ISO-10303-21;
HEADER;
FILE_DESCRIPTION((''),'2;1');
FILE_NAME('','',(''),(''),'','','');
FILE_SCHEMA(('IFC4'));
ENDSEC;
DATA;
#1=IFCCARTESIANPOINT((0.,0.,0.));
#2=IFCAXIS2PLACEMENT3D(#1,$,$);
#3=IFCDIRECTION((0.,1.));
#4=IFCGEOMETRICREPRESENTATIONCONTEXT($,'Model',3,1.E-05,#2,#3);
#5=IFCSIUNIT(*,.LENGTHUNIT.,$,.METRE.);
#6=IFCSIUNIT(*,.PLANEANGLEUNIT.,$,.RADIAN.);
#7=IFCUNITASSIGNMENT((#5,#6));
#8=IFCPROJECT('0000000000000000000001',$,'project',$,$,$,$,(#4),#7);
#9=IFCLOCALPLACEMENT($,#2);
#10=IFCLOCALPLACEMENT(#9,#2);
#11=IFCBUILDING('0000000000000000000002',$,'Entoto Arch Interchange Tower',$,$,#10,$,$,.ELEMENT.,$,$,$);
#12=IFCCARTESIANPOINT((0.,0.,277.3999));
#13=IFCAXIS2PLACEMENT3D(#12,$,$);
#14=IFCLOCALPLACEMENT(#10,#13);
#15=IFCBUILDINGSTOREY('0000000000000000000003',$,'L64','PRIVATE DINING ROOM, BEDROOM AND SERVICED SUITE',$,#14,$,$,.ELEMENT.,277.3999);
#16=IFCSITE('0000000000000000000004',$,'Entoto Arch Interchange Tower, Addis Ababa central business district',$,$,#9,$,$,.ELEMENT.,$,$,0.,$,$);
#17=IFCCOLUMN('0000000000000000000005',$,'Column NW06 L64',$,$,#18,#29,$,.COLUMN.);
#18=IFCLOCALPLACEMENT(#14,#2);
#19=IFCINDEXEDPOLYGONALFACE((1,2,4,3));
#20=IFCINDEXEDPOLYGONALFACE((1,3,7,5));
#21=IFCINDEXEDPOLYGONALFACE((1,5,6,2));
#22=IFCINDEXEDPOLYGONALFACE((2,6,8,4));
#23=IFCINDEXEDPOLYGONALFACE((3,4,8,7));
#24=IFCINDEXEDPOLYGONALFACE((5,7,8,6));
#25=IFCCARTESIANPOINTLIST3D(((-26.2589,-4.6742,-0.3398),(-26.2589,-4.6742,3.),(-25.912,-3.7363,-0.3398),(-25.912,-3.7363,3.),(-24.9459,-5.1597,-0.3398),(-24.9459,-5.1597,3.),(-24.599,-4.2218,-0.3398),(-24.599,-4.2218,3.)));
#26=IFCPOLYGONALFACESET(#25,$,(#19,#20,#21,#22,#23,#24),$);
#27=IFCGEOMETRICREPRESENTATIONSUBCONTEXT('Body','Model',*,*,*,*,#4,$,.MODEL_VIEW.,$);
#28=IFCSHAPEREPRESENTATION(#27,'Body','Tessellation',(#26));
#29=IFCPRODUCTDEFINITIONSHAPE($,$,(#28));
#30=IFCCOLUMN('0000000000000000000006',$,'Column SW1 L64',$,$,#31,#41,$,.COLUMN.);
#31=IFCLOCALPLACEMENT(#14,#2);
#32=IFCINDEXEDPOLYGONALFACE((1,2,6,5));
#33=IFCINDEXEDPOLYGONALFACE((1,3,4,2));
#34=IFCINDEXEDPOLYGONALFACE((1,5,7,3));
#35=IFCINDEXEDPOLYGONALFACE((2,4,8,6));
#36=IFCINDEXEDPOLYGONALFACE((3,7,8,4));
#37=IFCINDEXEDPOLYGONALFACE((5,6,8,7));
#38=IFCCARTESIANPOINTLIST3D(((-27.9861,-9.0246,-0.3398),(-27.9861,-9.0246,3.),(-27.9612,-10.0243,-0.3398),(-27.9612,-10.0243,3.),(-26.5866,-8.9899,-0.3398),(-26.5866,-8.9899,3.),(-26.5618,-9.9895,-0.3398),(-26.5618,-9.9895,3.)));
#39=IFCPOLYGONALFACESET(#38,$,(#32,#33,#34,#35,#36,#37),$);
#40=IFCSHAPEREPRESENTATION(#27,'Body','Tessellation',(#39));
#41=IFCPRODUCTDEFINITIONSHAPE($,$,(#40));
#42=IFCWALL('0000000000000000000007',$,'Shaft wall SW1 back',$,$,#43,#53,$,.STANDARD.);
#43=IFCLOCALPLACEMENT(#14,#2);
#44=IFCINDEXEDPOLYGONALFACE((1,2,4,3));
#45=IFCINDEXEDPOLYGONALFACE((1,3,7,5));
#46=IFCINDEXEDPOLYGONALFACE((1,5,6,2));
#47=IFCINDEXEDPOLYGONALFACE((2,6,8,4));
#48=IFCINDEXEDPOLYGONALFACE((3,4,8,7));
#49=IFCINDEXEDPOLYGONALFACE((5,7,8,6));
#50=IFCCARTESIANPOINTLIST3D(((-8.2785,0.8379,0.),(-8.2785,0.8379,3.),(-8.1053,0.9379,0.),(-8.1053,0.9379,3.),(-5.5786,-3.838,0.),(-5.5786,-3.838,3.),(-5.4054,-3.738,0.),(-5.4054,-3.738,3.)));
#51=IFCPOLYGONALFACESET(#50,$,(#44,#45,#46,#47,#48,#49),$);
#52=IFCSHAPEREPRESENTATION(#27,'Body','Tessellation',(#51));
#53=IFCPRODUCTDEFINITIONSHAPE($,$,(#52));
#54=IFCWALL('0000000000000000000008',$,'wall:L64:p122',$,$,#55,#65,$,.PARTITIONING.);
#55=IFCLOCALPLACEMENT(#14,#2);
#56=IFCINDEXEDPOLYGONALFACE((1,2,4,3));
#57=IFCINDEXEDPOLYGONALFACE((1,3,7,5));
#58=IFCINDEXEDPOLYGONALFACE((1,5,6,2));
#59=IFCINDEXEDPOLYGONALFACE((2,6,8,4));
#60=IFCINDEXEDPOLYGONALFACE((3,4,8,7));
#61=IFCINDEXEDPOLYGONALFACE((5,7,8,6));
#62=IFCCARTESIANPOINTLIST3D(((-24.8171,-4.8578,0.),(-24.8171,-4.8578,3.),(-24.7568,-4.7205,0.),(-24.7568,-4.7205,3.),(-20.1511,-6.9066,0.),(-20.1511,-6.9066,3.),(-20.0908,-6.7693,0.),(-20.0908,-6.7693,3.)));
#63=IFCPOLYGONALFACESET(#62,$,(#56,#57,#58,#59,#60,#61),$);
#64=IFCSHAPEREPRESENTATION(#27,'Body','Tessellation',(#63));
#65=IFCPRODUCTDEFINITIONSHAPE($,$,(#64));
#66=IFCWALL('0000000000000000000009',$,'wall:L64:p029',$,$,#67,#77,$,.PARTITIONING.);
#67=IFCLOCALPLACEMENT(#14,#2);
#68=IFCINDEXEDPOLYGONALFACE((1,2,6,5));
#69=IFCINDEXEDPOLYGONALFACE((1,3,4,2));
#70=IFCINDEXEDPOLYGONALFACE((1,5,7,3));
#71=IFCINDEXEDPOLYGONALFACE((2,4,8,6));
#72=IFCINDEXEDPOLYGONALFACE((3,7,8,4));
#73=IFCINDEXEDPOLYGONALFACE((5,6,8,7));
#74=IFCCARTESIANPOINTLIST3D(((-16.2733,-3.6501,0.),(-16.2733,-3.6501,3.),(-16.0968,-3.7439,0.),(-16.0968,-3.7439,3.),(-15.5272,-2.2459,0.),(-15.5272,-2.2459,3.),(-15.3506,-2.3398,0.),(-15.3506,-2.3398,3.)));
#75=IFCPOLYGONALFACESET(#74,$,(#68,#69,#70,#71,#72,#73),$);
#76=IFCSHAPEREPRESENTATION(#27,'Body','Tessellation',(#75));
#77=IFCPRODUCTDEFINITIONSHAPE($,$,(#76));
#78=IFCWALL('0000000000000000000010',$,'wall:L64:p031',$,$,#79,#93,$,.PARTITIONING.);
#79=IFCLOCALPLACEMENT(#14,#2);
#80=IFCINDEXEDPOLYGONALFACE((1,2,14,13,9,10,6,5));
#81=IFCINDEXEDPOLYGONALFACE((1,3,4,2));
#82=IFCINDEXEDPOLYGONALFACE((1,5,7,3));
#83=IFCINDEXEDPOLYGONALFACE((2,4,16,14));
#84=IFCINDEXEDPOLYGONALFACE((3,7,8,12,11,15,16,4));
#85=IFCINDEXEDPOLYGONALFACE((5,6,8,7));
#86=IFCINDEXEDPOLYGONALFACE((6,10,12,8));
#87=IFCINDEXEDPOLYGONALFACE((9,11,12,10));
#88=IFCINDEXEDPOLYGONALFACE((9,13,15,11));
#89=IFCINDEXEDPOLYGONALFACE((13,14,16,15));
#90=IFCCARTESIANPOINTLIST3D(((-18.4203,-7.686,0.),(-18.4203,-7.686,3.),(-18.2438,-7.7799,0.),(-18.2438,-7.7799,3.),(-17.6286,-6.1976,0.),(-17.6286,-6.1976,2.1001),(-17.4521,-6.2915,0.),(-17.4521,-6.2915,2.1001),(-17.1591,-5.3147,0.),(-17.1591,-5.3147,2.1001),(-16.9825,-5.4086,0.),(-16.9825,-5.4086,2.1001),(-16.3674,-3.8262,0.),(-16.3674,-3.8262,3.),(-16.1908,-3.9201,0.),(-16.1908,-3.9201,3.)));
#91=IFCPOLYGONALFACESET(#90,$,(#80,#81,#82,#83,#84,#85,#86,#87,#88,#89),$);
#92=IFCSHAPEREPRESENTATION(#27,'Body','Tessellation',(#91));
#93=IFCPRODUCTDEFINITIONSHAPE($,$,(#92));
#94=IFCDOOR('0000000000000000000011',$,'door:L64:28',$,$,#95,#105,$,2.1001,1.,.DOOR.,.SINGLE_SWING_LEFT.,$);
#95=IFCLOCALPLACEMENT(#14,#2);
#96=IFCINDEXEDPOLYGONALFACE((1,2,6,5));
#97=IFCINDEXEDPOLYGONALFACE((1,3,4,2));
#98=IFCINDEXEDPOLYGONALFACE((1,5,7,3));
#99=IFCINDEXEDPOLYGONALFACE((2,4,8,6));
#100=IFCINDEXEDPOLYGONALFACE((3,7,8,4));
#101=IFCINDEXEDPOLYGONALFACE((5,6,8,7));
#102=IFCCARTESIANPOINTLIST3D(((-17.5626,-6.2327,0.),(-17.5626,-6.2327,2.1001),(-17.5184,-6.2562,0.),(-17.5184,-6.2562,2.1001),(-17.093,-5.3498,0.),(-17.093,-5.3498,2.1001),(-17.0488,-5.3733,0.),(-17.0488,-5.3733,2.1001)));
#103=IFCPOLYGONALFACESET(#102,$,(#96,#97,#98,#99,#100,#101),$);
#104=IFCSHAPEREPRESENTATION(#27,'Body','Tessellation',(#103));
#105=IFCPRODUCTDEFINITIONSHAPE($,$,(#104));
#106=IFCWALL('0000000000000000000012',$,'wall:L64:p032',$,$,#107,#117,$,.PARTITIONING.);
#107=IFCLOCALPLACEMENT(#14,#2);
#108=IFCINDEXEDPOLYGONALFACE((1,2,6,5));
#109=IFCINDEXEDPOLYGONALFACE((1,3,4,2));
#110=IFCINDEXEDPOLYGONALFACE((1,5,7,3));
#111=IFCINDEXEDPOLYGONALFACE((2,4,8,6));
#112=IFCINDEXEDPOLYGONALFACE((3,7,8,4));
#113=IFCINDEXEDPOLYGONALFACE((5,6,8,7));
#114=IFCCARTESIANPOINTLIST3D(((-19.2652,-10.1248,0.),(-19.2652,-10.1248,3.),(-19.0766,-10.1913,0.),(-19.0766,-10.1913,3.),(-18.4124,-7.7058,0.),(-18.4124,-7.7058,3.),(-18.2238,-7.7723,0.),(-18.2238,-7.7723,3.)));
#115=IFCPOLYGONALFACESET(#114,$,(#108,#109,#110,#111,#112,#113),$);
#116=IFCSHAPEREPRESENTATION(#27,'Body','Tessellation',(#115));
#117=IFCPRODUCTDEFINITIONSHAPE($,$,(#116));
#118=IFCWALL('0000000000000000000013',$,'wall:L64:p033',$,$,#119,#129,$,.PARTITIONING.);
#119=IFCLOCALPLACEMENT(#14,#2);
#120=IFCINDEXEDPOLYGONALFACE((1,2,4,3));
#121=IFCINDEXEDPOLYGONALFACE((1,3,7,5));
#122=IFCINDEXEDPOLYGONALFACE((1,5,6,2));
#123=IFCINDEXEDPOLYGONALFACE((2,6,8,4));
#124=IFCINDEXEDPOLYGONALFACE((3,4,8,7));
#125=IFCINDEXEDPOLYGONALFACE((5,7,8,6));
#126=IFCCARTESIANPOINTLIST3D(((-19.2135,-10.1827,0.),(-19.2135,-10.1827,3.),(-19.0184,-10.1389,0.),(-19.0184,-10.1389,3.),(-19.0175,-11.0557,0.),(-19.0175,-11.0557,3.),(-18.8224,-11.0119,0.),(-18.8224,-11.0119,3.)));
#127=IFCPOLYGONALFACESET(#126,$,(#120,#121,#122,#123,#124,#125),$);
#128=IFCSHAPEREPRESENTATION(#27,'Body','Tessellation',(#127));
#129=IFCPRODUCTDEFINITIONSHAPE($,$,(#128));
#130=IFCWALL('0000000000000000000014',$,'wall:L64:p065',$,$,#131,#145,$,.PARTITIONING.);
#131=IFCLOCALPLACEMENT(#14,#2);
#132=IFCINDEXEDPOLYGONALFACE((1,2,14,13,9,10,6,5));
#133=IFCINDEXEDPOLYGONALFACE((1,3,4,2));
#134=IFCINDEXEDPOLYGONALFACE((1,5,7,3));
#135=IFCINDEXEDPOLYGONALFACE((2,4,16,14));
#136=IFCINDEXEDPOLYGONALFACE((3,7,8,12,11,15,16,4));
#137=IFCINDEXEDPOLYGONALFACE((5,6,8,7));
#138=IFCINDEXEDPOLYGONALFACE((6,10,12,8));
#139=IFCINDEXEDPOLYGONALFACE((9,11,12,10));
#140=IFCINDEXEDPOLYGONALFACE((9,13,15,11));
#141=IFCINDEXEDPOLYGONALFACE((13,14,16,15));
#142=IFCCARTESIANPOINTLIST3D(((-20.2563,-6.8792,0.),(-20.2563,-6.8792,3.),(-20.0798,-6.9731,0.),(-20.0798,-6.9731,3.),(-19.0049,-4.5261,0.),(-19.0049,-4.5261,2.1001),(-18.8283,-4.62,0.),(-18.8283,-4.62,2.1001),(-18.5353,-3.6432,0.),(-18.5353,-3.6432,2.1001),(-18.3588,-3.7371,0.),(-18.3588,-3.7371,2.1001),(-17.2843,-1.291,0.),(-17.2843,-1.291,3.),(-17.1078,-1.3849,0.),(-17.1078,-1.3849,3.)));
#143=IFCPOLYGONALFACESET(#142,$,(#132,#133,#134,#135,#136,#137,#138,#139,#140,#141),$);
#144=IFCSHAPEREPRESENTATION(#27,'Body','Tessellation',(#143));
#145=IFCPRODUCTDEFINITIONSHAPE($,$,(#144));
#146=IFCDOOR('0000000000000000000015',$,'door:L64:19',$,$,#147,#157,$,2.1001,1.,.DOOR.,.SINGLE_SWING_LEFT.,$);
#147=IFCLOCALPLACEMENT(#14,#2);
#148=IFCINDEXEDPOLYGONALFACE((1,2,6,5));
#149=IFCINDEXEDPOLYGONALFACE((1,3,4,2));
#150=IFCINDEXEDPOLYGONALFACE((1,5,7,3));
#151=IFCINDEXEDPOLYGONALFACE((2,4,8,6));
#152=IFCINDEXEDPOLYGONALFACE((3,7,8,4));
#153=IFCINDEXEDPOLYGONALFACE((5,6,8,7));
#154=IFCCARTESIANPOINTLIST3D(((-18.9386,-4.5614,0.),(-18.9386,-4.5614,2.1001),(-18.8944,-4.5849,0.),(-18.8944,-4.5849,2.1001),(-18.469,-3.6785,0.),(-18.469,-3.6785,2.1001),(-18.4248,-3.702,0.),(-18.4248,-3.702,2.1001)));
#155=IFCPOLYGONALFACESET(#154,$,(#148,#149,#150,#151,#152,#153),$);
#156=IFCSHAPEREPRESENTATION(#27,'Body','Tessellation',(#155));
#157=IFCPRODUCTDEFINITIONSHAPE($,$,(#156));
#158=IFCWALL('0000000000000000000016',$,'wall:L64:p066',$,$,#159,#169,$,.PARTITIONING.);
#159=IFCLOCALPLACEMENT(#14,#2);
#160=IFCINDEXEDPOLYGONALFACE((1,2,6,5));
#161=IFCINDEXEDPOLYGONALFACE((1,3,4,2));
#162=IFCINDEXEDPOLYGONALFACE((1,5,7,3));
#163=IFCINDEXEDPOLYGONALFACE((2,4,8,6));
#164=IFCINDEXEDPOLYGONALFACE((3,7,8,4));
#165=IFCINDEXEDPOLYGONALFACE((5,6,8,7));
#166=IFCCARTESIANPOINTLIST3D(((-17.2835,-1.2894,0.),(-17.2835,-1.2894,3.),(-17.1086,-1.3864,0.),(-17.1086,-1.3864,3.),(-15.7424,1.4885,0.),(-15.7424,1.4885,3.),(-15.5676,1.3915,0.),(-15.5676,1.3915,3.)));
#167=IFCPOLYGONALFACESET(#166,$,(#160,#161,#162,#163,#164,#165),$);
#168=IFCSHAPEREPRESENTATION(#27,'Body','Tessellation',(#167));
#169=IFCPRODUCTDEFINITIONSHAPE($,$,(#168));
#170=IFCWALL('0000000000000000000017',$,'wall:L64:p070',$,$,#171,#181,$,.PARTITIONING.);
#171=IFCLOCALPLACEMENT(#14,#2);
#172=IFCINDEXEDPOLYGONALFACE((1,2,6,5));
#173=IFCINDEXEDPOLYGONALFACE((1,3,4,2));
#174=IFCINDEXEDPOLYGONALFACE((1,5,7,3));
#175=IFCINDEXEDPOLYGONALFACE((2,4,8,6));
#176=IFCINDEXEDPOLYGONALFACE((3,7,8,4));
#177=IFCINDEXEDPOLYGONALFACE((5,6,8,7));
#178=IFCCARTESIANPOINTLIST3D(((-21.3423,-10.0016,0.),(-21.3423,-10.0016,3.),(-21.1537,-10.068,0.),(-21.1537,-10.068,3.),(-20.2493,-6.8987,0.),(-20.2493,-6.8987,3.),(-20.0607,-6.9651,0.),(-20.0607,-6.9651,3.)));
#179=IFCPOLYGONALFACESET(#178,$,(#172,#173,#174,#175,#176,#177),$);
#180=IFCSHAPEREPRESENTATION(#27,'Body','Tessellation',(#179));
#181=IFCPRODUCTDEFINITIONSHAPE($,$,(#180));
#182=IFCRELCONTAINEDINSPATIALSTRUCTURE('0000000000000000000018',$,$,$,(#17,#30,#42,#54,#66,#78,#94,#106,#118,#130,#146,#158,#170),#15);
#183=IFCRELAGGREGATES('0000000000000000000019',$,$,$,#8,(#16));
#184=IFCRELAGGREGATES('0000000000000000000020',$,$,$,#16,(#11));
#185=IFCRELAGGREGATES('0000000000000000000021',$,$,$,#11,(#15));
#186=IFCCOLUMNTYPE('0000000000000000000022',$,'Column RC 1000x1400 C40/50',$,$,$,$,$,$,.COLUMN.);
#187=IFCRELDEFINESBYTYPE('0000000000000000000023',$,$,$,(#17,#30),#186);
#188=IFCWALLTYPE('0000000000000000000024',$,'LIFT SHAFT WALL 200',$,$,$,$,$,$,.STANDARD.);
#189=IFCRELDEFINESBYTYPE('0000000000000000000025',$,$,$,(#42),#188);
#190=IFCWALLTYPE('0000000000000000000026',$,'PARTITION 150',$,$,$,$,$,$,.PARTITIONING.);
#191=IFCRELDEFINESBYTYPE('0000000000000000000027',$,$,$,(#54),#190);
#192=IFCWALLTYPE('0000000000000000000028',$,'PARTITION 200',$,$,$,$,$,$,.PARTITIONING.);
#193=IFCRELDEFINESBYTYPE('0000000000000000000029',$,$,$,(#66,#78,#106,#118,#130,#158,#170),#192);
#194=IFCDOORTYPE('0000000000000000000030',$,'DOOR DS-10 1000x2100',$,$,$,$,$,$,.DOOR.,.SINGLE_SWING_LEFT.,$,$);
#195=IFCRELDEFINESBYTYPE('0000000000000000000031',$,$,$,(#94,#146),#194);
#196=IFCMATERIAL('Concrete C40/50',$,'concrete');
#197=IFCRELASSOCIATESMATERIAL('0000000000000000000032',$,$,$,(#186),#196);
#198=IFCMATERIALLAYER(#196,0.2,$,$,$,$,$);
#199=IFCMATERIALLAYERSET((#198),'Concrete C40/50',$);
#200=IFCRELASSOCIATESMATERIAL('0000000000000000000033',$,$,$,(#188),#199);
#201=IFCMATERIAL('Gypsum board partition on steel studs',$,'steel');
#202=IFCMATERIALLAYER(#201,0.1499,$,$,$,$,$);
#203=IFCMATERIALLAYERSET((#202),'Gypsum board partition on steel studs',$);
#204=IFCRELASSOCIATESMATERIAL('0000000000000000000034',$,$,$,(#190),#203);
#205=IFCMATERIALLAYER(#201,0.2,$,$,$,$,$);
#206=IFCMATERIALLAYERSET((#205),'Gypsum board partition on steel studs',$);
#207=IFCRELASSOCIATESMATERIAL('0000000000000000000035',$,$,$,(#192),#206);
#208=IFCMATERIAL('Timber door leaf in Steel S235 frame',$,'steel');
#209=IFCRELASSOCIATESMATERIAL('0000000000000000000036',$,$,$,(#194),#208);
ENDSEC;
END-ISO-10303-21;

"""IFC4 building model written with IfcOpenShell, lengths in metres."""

from ifc_helpers import new_model, si_unit, direction, frame, frame_2d, origin, origin_2d, place, context, subcontext, project, spatial, rectangle, extrude, material, layer, layer_set, material_profile, profile_set, type_object, element, fill, save


model = new_model("IFC4")

# Units and contexts
model_context = context("Model", 3, precision=1e-05, world=origin(), true_north=direction((0.0, 1.0)))
body_context = subcontext(model_context, "Body", "Model", "MODEL_VIEW")
ifc_project = project(units=[si_unit("LENGTHUNIT", "METRE"), si_unit("PLANEANGLEUNIT", "RADIAN")], contexts=[model_context])

# Site, building, storey
site_placement = place(None, origin())
site = spatial("IfcSite", under=ifc_project, at=site_placement, Name="Entoto Arch Interchange Tower, Addis Ababa central business district", CompositionType="ELEMENT", RefElevation=0.0)
building_placement = place(site_placement, origin())
building = spatial("IfcBuilding", under=site, at=building_placement, Name="Entoto Arch Interchange Tower", CompositionType="ELEMENT")
storey_placement = place(building_placement, frame((0.0, 0.0, 277.3999)))
storey = spatial("IfcBuildingStorey", under=building, at=storey_placement, Name="L64", Description="PRIVATE DINING ROOM, BEDROOM AND SERVICED SUITE", CompositionType="ELEMENT", Elevation=277.3999)

# Columns
ifc_material_1 = material(Name="Concrete C40/50", Category="concrete")
ifc_material_profile = material_profile(ifc_material_1, rectangle(XDim=1.0, YDim=1.3999, at=origin_2d()))
ifc_profile_set = profile_set([ifc_material_profile], Name="Concrete C40/50")
column_type = type_object("IfcColumnType", Name="Column RC 1000x1400 C40/50", PredefinedType="COLUMN", material=ifc_profile_set)
for number, where, z_axis, x_axis, name in (
    (1, (-25.429, -4.448, -0.3398), (0.0, 0.0, 1.0), (0.346854, 0.937919, 0.0), "Column NW06 L64"),
    (2, (-27.2739, -9.5071, -0.3398), (0.0, 0.0, 1.0), (-0.024833, 0.999692, 0.0), "Column SW1 L64"),
):
    element("IfcColumn", number, at=place(storey_placement, frame(where, z_axis=z_axis, x_axis=x_axis)), inside=storey, type_object=column_type, Name=name, PredefinedType="COLUMN", context=body_context, shape_type="SweptSolid", body=[
        extrude(rectangle(XDim=1.0, YDim=1.3999, at=origin_2d()), origin(), (0.0, 0.0, 1.0), 3.3398),
    ])

# Walls
ifc_layer_1 = layer(ifc_material_1, 0.2)
ifc_layer_set_1 = layer_set([ifc_layer_1], Name="Concrete C40/50")
wall_type_1 = type_object("IfcWallType", Name="LIFT SHAFT WALL 200", PredefinedType="STANDARD", material=ifc_layer_set_1)
wall_1_placement = place(storey_placement, frame((-8.1919, 0.8879, 0.0), z_axis=(0.0, 0.0, 1.0), x_axis=(0.500034, -0.866006, 0.0)))
element("IfcWall", 3, at=wall_1_placement, inside=storey, type_object=wall_type_1, Name="Shaft wall SW1 back", PredefinedType="STANDARD", context=body_context, shape_type="SweptSolid", body=[
    extrude(rectangle(XDim=5.3994, YDim=0.2, at=frame_2d((2.6997, 0.0))), origin(), (0.0, 0.0, 1.0), 3.0),
])
ifc_material_2 = material(Name="Gypsum board partition on steel studs", Category="steel")
ifc_layer_2 = layer(ifc_material_2, 0.1499)
ifc_layer_set_2 = layer_set([ifc_layer_2], Name="Gypsum board partition on steel studs")
wall_type_2 = type_object("IfcWallType", Name="PARTITION 150", PredefinedType="PARTITIONING", material=ifc_layer_set_2)
wall_2_placement = place(storey_placement, frame((-20.1211, -6.8379, 0.0), z_axis=(0.0, 0.0, 1.0), x_axis=(-0.91562, 0.402045, 0.0)))
element("IfcWall", 4, at=wall_2_placement, inside=storey, type_object=wall_type_2, Name="wall:L64:p122", PredefinedType="PARTITIONING", context=body_context, shape_type="SweptSolid", body=[
    extrude(rectangle(XDim=5.0959, YDim=0.1499, at=frame_2d((2.5479, 0.0))), origin(), (0.0, 0.0, 1.0), 3.0),
])
ifc_layer_3 = layer(ifc_material_2, 0.2)
ifc_layer_set_3 = layer_set([ifc_layer_3], Name="Gypsum board partition on steel studs")
wall_type_3 = type_object("IfcWallType", Name="PARTITION 200", PredefinedType="PARTITIONING", material=ifc_layer_set_3)
wall_3_placement = place(storey_placement, frame((-15.439, -2.293, 0.0), z_axis=(0.0, 0.0, 1.0), x_axis=(-0.469249, -0.883066, 0.0)))
element("IfcWall", 5, at=wall_3_placement, inside=storey, type_object=wall_type_3, Name="wall:L64:p029", PredefinedType="PARTITIONING", context=body_context, shape_type="SweptSolid", body=[
    extrude(rectangle(XDim=1.5901, YDim=0.2, at=frame_2d((0.7949, 0.0))), origin(), (0.0, 0.0, 1.0), 3.0),
])

# Wall, opening, door
wall_4_placement = place(storey_placement, frame((-16.2791, -3.873, 0.0), z_axis=(0.0, 0.0, 1.0), x_axis=(-0.469588, -0.882886, 0.0)))
wall_4 = element("IfcWall", 6, at=wall_4_placement, inside=storey, type_object=wall_type_3, Name="wall:L64:p031", PredefinedType="PARTITIONING", context=body_context, shape_type="SweptSolid", body=[
    extrude(rectangle(XDim=4.3718, YDim=0.2, at=frame_2d((2.186, 0.0))), origin(), (0.0, 0.0, 1.0), 3.0),
])
opening_1_placement = place(wall_4_placement, frame((1.686, 0.0, 0.0)))
opening_1 = element("IfcOpeningElement", 7, at=opening_1_placement, cuts=wall_4, PredefinedType="OPENING", context=body_context, shape_type="SweptSolid", body=[
    extrude(rectangle(XDim=1.0, YDim=2.1001, at=frame_2d((0.5, 1.05))), frame((0.0, 0.1099, 0.0), z_axis=(0.0, -1.0, 0.0), x_axis=(1.0, 0.0, 0.0)), (0.0, 0.0, 1.0), 0.22),
])
ifc_material_3 = material(Name="Timber door leaf in Steel S235 frame", Category="steel")
door_type = type_object("IfcDoorType", Name="DOOR DS-10 1000x2100", OperationType="SINGLE_SWING_LEFT", PredefinedType="DOOR", material=ifc_material_3)
door_1_placement = place(opening_1_placement, origin())
door_1 = element("IfcDoor", 8, at=door_1_placement, inside=storey, type_object=door_type, Name="door:L64:28", OperationType="SINGLE_SWING_LEFT", OverallHeight=2.1001, OverallWidth=1.0, PredefinedType="DOOR", context=body_context, shape_type="SweptSolid", body=[
    extrude(rectangle(XDim=1.0, YDim=2.1001, at=frame_2d((0.5, 1.05))), frame((0.0, 0.0249, 0.0), z_axis=(0.0, -1.0, 0.0), x_axis=(1.0, 0.0, 0.0)), (0.0, 0.0, 1.0), 0.05),
])
fill(opening_1, door_1)

# Walls
wall_5_placement = place(storey_placement, frame((-18.3181, -7.739, 0.0), z_axis=(0.0, 0.0, 1.0), x_axis=(-0.332487, -0.943108, 0.0)))
element("IfcWall", 9, at=wall_5_placement, inside=storey, type_object=wall_type_3, Name="wall:L64:p032", PredefinedType="PARTITIONING", context=body_context, shape_type="SweptSolid", body=[
    extrude(rectangle(XDim=2.5649, YDim=0.2, at=frame_2d((1.2825, 0.0))), origin(), (0.0, 0.0, 1.0), 3.0),
])
wall_6_placement = place(storey_placement, frame((-19.116, -10.1609, 0.0), z_axis=(0.0, 0.0, 1.0), x_axis=(0.219097, -0.975703, 0.0)))
element("IfcWall", 10, at=wall_6_placement, inside=storey, type_object=wall_type_3, Name="wall:L64:p033", PredefinedType="PARTITIONING", context=body_context, shape_type="SweptSolid", body=[
    extrude(rectangle(XDim=0.8948, YDim=0.2, at=frame_2d((0.4473, 0.0))), origin(), (0.0, 0.0, 1.0), 3.0),
])

# Wall, opening, door
wall_7_placement = place(storey_placement, frame((-20.168, -6.926, 0.0), z_axis=(0.0, 0.0, 1.0), x_axis=(0.469553, 0.882904, 0.0)))
wall_7 = element("IfcWall", 11, at=wall_7_placement, inside=storey, type_object=wall_type_3, Name="wall:L64:p065", PredefinedType="PARTITIONING", context=body_context, shape_type="SweptSolid", body=[
    extrude(rectangle(XDim=6.3293, YDim=0.2, at=frame_2d((3.1646, 0.0))), origin(), (0.0, 0.0, 1.0), 3.0),
])
opening_2_placement = place(wall_7_placement, frame((2.665, 0.0, 0.0)))
opening_2 = element("IfcOpeningElement", 12, at=opening_2_placement, cuts=wall_7, PredefinedType="OPENING", context=body_context, shape_type="SweptSolid", body=[
    extrude(rectangle(XDim=1.0, YDim=2.1001, at=frame_2d((0.5, 1.05))), frame((0.0, 0.1099, 0.0), z_axis=(0.0, -1.0, 0.0), x_axis=(1.0, 0.0, 0.0)), (0.0, 0.0, 1.0), 0.22),
])
door_2_placement = place(opening_2_placement, origin())
door_2 = element("IfcDoor", 13, at=door_2_placement, inside=storey, type_object=door_type, Name="door:L64:19", OperationType="SINGLE_SWING_LEFT", OverallHeight=2.1001, OverallWidth=1.0, PredefinedType="DOOR", context=body_context, shape_type="SweptSolid", body=[
    extrude(rectangle(XDim=1.0, YDim=2.1001, at=frame_2d((0.5, 1.05))), frame((0.0, 0.0249, 0.0), z_axis=(0.0, -1.0, 0.0), x_axis=(1.0, 0.0, 0.0)), (0.0, 0.0, 1.0), 0.05),
])
fill(opening_2, door_2)

# Walls
wall_8_placement = place(storey_placement, frame((-17.196, -1.3379, 0.0), z_axis=(0.0, 0.0, 1.0), x_axis=(0.485108, 0.874454, 0.0)))
element("IfcWall", 14, at=wall_8_placement, inside=storey, type_object=wall_type_3, Name="wall:L64:p066", PredefinedType="PARTITIONING", context=body_context, shape_type="SweptSolid", body=[
    extrude(rectangle(XDim=3.1768, YDim=0.2, at=frame_2d((1.5884, 0.0))), origin(), (0.0, 0.0, 1.0), 3.0),
])
wall_9_placement = place(storey_placement, frame((-21.248, -10.0349, 0.0), z_axis=(0.0, 0.0, 1.0), x_axis=(0.332234, 0.943197, 0.0)))
element("IfcWall", 15, at=wall_9_placement, inside=storey, type_object=wall_type_3, Name="wall:L64:p070", PredefinedType="PARTITIONING", context=body_context, shape_type="SweptSolid", body=[
    extrude(rectangle(XDim=3.2898, YDim=0.2, at=frame_2d((1.645, 0.0))), origin(), (0.0, 0.0, 1.0), 3.0),
])

save(model, "model.ifc")
